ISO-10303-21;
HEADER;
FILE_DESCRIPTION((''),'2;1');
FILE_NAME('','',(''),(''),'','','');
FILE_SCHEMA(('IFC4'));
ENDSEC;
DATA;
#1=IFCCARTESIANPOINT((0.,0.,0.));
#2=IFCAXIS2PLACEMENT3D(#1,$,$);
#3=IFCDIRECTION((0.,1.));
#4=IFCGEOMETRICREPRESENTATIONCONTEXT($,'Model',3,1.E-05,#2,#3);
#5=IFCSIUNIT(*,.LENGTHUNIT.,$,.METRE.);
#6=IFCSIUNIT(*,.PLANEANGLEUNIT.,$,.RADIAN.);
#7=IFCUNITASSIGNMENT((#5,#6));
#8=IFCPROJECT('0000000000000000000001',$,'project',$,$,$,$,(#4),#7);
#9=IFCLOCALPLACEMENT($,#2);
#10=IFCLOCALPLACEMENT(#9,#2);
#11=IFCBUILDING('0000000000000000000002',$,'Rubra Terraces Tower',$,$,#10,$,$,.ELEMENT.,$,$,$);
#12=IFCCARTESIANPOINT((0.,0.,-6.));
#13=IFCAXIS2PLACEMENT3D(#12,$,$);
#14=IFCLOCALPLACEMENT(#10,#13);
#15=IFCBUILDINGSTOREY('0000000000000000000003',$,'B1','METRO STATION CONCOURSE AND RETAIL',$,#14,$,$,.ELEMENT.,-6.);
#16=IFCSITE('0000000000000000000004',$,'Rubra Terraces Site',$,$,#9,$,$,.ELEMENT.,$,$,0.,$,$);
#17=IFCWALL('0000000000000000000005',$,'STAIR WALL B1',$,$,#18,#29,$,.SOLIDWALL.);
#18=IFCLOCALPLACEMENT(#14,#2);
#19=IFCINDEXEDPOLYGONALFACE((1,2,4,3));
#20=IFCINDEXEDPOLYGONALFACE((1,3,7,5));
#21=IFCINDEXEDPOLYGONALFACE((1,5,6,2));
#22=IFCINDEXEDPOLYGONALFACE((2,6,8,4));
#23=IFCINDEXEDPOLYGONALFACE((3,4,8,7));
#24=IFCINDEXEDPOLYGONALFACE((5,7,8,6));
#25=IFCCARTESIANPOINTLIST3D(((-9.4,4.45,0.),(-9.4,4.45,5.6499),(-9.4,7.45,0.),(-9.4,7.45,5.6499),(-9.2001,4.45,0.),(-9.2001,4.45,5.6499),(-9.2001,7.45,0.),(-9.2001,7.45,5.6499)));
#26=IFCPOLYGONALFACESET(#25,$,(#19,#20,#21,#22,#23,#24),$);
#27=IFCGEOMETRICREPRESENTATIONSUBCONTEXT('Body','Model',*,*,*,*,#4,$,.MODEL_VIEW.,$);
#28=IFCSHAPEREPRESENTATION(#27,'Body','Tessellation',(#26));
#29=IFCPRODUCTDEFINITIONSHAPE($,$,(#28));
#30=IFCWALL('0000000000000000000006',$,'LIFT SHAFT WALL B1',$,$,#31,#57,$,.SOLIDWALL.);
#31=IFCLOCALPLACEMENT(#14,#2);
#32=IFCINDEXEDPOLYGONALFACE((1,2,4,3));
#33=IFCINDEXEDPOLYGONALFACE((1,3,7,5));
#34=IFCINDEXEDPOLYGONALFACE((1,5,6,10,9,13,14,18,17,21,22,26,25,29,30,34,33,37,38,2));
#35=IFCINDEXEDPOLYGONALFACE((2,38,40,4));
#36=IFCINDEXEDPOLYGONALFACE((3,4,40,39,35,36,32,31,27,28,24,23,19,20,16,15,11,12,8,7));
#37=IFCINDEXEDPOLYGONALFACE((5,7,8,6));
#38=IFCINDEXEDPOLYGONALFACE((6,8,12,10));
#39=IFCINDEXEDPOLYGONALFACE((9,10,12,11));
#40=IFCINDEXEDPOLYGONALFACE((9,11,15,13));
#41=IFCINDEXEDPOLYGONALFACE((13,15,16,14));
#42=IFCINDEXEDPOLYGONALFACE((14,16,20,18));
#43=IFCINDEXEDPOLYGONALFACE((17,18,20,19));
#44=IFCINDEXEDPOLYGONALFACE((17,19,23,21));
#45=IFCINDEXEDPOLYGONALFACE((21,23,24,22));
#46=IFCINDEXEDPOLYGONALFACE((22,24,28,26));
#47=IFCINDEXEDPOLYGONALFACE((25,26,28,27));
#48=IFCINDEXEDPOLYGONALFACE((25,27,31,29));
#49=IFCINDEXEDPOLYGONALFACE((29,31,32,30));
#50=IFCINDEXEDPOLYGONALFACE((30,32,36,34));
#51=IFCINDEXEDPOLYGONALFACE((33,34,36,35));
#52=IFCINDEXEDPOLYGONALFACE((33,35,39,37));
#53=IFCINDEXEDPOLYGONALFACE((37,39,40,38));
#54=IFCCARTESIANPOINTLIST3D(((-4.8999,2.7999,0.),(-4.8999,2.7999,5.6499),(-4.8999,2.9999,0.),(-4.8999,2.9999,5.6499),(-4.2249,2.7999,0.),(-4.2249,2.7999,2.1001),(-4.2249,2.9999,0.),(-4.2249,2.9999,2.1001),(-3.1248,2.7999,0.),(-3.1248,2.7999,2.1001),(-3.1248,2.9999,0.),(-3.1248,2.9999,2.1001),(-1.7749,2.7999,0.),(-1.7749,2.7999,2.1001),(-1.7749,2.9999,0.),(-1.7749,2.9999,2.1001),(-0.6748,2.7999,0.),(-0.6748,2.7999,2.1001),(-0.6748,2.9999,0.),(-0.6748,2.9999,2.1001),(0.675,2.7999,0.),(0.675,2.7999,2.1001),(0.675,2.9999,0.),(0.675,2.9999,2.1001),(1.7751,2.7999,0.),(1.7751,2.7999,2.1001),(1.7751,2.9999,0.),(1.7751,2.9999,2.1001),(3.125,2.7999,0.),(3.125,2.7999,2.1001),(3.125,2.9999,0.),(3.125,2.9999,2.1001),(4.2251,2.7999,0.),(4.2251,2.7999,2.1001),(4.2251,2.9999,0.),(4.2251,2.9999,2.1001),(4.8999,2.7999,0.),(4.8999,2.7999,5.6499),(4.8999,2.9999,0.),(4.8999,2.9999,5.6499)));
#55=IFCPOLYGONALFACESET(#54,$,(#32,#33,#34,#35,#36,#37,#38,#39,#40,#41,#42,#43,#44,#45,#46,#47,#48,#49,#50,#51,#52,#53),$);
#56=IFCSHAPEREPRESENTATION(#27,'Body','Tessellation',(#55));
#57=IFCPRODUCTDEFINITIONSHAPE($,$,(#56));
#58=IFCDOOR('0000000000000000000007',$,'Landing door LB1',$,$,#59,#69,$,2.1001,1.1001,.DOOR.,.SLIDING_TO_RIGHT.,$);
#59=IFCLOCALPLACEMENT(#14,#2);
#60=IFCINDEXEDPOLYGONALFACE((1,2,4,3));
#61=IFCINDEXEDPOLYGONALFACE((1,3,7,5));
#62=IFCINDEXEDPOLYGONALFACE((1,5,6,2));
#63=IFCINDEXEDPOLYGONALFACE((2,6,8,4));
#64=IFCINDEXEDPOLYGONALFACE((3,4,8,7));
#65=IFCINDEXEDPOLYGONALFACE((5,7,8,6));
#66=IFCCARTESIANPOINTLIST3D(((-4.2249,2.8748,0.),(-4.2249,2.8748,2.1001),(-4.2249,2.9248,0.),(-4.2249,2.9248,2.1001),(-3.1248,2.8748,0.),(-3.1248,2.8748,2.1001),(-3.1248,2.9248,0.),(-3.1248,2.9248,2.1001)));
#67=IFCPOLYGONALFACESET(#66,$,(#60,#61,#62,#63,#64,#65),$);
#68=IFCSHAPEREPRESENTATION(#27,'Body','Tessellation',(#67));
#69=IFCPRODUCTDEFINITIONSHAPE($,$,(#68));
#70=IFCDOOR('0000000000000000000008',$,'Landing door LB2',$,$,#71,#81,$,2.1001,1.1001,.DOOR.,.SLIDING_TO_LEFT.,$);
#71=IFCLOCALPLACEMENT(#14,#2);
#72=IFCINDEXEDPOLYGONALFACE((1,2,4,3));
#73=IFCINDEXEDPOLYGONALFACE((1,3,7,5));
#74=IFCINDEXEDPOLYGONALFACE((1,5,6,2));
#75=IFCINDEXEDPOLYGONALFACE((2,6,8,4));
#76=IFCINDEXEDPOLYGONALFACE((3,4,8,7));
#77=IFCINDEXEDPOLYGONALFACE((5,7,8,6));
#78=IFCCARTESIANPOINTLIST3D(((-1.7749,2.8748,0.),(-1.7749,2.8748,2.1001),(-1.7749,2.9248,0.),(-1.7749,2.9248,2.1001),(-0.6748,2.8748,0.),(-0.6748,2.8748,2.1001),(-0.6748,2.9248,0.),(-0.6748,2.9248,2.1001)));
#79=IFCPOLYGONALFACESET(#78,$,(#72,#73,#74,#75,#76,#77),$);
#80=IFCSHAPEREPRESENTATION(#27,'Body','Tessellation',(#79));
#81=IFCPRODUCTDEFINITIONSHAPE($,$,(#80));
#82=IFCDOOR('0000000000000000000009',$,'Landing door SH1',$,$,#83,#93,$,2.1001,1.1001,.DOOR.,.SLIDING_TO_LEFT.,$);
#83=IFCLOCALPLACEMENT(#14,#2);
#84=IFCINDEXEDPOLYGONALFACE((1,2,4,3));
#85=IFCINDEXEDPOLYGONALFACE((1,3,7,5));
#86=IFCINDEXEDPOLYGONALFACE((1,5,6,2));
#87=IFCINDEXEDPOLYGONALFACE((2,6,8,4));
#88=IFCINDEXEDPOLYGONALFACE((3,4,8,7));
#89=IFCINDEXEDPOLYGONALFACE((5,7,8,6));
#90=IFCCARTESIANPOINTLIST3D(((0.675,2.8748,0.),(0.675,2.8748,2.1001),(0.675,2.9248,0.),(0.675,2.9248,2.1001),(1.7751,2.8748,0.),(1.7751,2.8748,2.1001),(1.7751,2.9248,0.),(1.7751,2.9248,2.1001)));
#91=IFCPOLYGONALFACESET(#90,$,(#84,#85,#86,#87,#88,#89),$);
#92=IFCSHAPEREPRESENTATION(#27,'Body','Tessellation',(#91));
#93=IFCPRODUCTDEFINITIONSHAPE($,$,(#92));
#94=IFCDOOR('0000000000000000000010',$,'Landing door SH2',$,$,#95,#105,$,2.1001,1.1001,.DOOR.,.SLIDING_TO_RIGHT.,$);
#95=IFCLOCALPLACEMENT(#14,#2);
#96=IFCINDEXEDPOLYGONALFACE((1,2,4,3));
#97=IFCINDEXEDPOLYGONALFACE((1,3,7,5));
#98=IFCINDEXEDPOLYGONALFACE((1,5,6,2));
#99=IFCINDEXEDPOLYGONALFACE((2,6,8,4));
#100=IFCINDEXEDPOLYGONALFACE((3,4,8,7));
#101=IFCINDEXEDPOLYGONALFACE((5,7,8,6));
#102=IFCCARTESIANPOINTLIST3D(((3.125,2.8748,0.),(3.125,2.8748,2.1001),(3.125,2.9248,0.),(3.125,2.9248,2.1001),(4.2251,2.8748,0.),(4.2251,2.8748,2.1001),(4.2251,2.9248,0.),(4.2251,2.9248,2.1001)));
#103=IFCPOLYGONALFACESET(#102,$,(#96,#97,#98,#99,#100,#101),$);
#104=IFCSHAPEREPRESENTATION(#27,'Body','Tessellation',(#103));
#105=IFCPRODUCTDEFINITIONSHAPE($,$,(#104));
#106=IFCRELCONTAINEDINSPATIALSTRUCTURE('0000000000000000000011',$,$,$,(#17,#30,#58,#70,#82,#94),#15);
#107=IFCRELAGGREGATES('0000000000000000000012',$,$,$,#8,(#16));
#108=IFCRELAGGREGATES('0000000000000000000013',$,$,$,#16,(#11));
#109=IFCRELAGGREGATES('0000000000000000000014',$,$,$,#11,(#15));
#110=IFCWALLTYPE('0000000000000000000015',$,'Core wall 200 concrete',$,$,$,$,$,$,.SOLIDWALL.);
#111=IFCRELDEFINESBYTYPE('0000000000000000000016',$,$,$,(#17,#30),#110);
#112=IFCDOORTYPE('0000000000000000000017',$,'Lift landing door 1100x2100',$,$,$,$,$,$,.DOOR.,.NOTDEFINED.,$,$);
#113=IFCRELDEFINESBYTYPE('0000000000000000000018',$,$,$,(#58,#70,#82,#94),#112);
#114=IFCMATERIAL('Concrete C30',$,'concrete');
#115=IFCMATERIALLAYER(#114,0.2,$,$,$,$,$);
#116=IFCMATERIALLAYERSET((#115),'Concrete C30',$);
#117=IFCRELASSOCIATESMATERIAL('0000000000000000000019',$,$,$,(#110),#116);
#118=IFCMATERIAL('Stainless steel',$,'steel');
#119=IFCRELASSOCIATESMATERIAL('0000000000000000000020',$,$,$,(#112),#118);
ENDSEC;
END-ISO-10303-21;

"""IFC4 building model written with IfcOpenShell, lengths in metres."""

from ifc_helpers import new_model, si_unit, direction, frame, frame_2d, origin, place, context, subcontext, project, spatial, rectangle, extrude, material, layer, layer_set, type_object, element, fill, save


model = new_model("IFC4")

# Units and contexts
model_context = context("Model", 3, precision=1e-05, world=origin(), true_north=direction((0.0, 1.0)))
body_context = subcontext(model_context, "Body", "Model", "MODEL_VIEW")
ifc_project = project(units=[si_unit("LENGTHUNIT", "METRE"), si_unit("PLANEANGLEUNIT", "RADIAN")], contexts=[model_context])

# Site, building, storey
site_placement = place(None, origin())
site = spatial("IfcSite", under=ifc_project, at=site_placement, Name="Rubra Terraces Site", CompositionType="ELEMENT", RefElevation=0.0)
building_placement = place(site_placement, origin())
building = spatial("IfcBuilding", under=site, at=building_placement, Name="Rubra Terraces Tower", CompositionType="ELEMENT")
storey_placement = place(building_placement, frame((0.0, 0.0, -6.0)))
storey = spatial("IfcBuildingStorey", under=building, at=storey_placement, Name="B1", Description="METRO STATION CONCOURSE AND RETAIL", CompositionType="ELEMENT", Elevation=-6.0)

# Wall
ifc_material_1 = material(Name="Concrete C30", Category="concrete")
ifc_layer_1 = layer(ifc_material_1, 0.2)
ifc_layer_set_1 = layer_set([ifc_layer_1], Name="Concrete C30")
wall_type_1 = type_object("IfcWallType", Name="Core wall 200 concrete", PredefinedType="SOLIDWALL", material=ifc_layer_set_1)
wall_1_placement = place(storey_placement, frame((-9.3, 4.45, 0.0), z_axis=(0.0, 0.0, 1.0), x_axis=(0.0, 1.0, 0.0)))
element("IfcWall", 1, at=wall_1_placement, inside=storey, type_object=wall_type_1, Name="STAIR WALL B1", PredefinedType="SOLIDWALL", context=body_context, shape_type="SweptSolid", body=[
    extrude(rectangle(XDim=3.0, YDim=0.2, at=frame_2d((1.5, 0.0))), origin(), (0.0, 0.0, 1.0), 5.6499),
])

# Wall, openings, doors
wall_2_placement = place(storey_placement, frame((-4.8999, 2.8999, 0.0), z_axis=(0.0, 0.0, 1.0), x_axis=(1.0, 0.0, 0.0)))
wall_2 = element("IfcWall", 2, at=wall_2_placement, inside=storey, type_object=wall_type_1, Name="LIFT SHAFT WALL B1", PredefinedType="SOLIDWALL", context=body_context, shape_type="SweptSolid", body=[
    extrude(rectangle(XDim=9.7998, YDim=0.2, at=frame_2d((4.8999, 0.0))), origin(), (0.0, 0.0, 1.0), 5.6499),
])
opening_1_placement = place(wall_2_placement, frame((0.675, 0.0, 0.0)))
opening_1 = element("IfcOpeningElement", 3, at=opening_1_placement, cuts=wall_2, PredefinedType="OPENING", context=body_context, shape_type="SweptSolid", body=[
    extrude(rectangle(XDim=1.1001, YDim=2.1001, at=frame_2d((0.55, 1.05))), frame((0.0, 0.1099, 0.0), z_axis=(0.0, -1.0, 0.0), x_axis=(1.0, 0.0, 0.0)), (0.0, 0.0, 1.0), 0.22),
])
opening_2_placement = place(wall_2_placement, frame((3.125, 0.0, 0.0)))
opening_2 = element("IfcOpeningElement", 4, at=opening_2_placement, cuts=wall_2, PredefinedType="OPENING", context=body_context, shape_type="SweptSolid", body=[
    extrude(rectangle(XDim=1.1001, YDim=2.1001, at=frame_2d((0.55, 1.05))), frame((0.0, 0.1099, 0.0), z_axis=(0.0, -1.0, 0.0), x_axis=(1.0, 0.0, 0.0)), (0.0, 0.0, 1.0), 0.22),
])
opening_3_placement = place(wall_2_placement, frame((5.575, 0.0, 0.0)))
opening_3 = element("IfcOpeningElement", 5, at=opening_3_placement, cuts=wall_2, PredefinedType="OPENING", context=body_context, shape_type="SweptSolid", body=[
    extrude(rectangle(XDim=1.1001, YDim=2.1001, at=frame_2d((0.55, 1.05))), frame((0.0, 0.1099, 0.0), z_axis=(0.0, -1.0, 0.0), x_axis=(1.0, 0.0, 0.0)), (0.0, 0.0, 1.0), 0.22),
])
opening_4_placement = place(wall_2_placement, frame((8.0249, 0.0, 0.0)))
opening_4 = element("IfcOpeningElement", 6, at=opening_4_placement, cuts=wall_2, PredefinedType="OPENING", context=body_context, shape_type="SweptSolid", body=[
    extrude(rectangle(XDim=1.1001, YDim=2.1001, at=frame_2d((0.55, 1.05))), frame((0.0, 0.1099, 0.0), z_axis=(0.0, -1.0, 0.0), x_axis=(1.0, 0.0, 0.0)), (0.0, 0.0, 1.0), 0.22),
])
ifc_material_2 = material(Name="Stainless steel", Category="steel")
door_type = type_object("IfcDoorType", Name="Lift landing door 1100x2100", OperationType="NOTDEFINED", PredefinedType="DOOR", material=ifc_material_2)
door_1_placement = place(opening_1_placement, origin())
door_1 = element("IfcDoor", 7, at=door_1_placement, inside=storey, type_object=door_type, Name="Landing door LB1", OperationType="SLIDING_TO_RIGHT", OverallHeight=2.1001, OverallWidth=1.1001, PredefinedType="DOOR", context=body_context, shape_type="SweptSolid", body=[
    extrude(rectangle(XDim=1.1001, YDim=2.1001, at=frame_2d((0.55, 1.05))), frame((0.0, 0.0249, 0.0), z_axis=(0.0, -1.0, 0.0), x_axis=(1.0, 0.0, 0.0)), (0.0, 0.0, 1.0), 0.05),
])
fill(opening_1, door_1)
door_2_placement = place(opening_2_placement, origin())
door_2 = element("IfcDoor", 8, at=door_2_placement, inside=storey, type_object=door_type, Name="Landing door LB2", OperationType="SLIDING_TO_LEFT", OverallHeight=2.1001, OverallWidth=1.1001, PredefinedType="DOOR", context=body_context, shape_type="SweptSolid", body=[
    extrude(rectangle(XDim=1.1001, YDim=2.1001, at=frame_2d((0.55, 1.05))), frame((0.0, 0.0249, 0.0), z_axis=(0.0, -1.0, 0.0), x_axis=(1.0, 0.0, 0.0)), (0.0, 0.0, 1.0), 0.05),
])
fill(opening_2, door_2)
door_3_placement = place(opening_3_placement, origin())
door_3 = element("IfcDoor", 9, at=door_3_placement, inside=storey, type_object=door_type, Name="Landing door SH1", OperationType="SLIDING_TO_LEFT", OverallHeight=2.1001, OverallWidth=1.1001, PredefinedType="DOOR", context=body_context, shape_type="SweptSolid", body=[
    extrude(rectangle(XDim=1.1001, YDim=2.1001, at=frame_2d((0.55, 1.05))), frame((0.0, 0.0249, 0.0), z_axis=(0.0, -1.0, 0.0), x_axis=(1.0, 0.0, 0.0)), (0.0, 0.0, 1.0), 0.05),
])
fill(opening_3, door_3)
door_4_placement = place(opening_4_placement, origin())
door_4 = element("IfcDoor", 10, at=door_4_placement, inside=storey, type_object=door_type, Name="Landing door SH2", OperationType="SLIDING_TO_RIGHT", OverallHeight=2.1001, OverallWidth=1.1001, PredefinedType="DOOR", context=body_context, shape_type="SweptSolid", body=[
    extrude(rectangle(XDim=1.1001, YDim=2.1001, at=frame_2d((0.55, 1.05))), frame((0.0, 0.0249, 0.0), z_axis=(0.0, -1.0, 0.0), x_axis=(1.0, 0.0, 0.0)), (0.0, 0.0, 1.0), 0.05),
])
fill(opening_4, door_4)

save(model, "model.ifc")
